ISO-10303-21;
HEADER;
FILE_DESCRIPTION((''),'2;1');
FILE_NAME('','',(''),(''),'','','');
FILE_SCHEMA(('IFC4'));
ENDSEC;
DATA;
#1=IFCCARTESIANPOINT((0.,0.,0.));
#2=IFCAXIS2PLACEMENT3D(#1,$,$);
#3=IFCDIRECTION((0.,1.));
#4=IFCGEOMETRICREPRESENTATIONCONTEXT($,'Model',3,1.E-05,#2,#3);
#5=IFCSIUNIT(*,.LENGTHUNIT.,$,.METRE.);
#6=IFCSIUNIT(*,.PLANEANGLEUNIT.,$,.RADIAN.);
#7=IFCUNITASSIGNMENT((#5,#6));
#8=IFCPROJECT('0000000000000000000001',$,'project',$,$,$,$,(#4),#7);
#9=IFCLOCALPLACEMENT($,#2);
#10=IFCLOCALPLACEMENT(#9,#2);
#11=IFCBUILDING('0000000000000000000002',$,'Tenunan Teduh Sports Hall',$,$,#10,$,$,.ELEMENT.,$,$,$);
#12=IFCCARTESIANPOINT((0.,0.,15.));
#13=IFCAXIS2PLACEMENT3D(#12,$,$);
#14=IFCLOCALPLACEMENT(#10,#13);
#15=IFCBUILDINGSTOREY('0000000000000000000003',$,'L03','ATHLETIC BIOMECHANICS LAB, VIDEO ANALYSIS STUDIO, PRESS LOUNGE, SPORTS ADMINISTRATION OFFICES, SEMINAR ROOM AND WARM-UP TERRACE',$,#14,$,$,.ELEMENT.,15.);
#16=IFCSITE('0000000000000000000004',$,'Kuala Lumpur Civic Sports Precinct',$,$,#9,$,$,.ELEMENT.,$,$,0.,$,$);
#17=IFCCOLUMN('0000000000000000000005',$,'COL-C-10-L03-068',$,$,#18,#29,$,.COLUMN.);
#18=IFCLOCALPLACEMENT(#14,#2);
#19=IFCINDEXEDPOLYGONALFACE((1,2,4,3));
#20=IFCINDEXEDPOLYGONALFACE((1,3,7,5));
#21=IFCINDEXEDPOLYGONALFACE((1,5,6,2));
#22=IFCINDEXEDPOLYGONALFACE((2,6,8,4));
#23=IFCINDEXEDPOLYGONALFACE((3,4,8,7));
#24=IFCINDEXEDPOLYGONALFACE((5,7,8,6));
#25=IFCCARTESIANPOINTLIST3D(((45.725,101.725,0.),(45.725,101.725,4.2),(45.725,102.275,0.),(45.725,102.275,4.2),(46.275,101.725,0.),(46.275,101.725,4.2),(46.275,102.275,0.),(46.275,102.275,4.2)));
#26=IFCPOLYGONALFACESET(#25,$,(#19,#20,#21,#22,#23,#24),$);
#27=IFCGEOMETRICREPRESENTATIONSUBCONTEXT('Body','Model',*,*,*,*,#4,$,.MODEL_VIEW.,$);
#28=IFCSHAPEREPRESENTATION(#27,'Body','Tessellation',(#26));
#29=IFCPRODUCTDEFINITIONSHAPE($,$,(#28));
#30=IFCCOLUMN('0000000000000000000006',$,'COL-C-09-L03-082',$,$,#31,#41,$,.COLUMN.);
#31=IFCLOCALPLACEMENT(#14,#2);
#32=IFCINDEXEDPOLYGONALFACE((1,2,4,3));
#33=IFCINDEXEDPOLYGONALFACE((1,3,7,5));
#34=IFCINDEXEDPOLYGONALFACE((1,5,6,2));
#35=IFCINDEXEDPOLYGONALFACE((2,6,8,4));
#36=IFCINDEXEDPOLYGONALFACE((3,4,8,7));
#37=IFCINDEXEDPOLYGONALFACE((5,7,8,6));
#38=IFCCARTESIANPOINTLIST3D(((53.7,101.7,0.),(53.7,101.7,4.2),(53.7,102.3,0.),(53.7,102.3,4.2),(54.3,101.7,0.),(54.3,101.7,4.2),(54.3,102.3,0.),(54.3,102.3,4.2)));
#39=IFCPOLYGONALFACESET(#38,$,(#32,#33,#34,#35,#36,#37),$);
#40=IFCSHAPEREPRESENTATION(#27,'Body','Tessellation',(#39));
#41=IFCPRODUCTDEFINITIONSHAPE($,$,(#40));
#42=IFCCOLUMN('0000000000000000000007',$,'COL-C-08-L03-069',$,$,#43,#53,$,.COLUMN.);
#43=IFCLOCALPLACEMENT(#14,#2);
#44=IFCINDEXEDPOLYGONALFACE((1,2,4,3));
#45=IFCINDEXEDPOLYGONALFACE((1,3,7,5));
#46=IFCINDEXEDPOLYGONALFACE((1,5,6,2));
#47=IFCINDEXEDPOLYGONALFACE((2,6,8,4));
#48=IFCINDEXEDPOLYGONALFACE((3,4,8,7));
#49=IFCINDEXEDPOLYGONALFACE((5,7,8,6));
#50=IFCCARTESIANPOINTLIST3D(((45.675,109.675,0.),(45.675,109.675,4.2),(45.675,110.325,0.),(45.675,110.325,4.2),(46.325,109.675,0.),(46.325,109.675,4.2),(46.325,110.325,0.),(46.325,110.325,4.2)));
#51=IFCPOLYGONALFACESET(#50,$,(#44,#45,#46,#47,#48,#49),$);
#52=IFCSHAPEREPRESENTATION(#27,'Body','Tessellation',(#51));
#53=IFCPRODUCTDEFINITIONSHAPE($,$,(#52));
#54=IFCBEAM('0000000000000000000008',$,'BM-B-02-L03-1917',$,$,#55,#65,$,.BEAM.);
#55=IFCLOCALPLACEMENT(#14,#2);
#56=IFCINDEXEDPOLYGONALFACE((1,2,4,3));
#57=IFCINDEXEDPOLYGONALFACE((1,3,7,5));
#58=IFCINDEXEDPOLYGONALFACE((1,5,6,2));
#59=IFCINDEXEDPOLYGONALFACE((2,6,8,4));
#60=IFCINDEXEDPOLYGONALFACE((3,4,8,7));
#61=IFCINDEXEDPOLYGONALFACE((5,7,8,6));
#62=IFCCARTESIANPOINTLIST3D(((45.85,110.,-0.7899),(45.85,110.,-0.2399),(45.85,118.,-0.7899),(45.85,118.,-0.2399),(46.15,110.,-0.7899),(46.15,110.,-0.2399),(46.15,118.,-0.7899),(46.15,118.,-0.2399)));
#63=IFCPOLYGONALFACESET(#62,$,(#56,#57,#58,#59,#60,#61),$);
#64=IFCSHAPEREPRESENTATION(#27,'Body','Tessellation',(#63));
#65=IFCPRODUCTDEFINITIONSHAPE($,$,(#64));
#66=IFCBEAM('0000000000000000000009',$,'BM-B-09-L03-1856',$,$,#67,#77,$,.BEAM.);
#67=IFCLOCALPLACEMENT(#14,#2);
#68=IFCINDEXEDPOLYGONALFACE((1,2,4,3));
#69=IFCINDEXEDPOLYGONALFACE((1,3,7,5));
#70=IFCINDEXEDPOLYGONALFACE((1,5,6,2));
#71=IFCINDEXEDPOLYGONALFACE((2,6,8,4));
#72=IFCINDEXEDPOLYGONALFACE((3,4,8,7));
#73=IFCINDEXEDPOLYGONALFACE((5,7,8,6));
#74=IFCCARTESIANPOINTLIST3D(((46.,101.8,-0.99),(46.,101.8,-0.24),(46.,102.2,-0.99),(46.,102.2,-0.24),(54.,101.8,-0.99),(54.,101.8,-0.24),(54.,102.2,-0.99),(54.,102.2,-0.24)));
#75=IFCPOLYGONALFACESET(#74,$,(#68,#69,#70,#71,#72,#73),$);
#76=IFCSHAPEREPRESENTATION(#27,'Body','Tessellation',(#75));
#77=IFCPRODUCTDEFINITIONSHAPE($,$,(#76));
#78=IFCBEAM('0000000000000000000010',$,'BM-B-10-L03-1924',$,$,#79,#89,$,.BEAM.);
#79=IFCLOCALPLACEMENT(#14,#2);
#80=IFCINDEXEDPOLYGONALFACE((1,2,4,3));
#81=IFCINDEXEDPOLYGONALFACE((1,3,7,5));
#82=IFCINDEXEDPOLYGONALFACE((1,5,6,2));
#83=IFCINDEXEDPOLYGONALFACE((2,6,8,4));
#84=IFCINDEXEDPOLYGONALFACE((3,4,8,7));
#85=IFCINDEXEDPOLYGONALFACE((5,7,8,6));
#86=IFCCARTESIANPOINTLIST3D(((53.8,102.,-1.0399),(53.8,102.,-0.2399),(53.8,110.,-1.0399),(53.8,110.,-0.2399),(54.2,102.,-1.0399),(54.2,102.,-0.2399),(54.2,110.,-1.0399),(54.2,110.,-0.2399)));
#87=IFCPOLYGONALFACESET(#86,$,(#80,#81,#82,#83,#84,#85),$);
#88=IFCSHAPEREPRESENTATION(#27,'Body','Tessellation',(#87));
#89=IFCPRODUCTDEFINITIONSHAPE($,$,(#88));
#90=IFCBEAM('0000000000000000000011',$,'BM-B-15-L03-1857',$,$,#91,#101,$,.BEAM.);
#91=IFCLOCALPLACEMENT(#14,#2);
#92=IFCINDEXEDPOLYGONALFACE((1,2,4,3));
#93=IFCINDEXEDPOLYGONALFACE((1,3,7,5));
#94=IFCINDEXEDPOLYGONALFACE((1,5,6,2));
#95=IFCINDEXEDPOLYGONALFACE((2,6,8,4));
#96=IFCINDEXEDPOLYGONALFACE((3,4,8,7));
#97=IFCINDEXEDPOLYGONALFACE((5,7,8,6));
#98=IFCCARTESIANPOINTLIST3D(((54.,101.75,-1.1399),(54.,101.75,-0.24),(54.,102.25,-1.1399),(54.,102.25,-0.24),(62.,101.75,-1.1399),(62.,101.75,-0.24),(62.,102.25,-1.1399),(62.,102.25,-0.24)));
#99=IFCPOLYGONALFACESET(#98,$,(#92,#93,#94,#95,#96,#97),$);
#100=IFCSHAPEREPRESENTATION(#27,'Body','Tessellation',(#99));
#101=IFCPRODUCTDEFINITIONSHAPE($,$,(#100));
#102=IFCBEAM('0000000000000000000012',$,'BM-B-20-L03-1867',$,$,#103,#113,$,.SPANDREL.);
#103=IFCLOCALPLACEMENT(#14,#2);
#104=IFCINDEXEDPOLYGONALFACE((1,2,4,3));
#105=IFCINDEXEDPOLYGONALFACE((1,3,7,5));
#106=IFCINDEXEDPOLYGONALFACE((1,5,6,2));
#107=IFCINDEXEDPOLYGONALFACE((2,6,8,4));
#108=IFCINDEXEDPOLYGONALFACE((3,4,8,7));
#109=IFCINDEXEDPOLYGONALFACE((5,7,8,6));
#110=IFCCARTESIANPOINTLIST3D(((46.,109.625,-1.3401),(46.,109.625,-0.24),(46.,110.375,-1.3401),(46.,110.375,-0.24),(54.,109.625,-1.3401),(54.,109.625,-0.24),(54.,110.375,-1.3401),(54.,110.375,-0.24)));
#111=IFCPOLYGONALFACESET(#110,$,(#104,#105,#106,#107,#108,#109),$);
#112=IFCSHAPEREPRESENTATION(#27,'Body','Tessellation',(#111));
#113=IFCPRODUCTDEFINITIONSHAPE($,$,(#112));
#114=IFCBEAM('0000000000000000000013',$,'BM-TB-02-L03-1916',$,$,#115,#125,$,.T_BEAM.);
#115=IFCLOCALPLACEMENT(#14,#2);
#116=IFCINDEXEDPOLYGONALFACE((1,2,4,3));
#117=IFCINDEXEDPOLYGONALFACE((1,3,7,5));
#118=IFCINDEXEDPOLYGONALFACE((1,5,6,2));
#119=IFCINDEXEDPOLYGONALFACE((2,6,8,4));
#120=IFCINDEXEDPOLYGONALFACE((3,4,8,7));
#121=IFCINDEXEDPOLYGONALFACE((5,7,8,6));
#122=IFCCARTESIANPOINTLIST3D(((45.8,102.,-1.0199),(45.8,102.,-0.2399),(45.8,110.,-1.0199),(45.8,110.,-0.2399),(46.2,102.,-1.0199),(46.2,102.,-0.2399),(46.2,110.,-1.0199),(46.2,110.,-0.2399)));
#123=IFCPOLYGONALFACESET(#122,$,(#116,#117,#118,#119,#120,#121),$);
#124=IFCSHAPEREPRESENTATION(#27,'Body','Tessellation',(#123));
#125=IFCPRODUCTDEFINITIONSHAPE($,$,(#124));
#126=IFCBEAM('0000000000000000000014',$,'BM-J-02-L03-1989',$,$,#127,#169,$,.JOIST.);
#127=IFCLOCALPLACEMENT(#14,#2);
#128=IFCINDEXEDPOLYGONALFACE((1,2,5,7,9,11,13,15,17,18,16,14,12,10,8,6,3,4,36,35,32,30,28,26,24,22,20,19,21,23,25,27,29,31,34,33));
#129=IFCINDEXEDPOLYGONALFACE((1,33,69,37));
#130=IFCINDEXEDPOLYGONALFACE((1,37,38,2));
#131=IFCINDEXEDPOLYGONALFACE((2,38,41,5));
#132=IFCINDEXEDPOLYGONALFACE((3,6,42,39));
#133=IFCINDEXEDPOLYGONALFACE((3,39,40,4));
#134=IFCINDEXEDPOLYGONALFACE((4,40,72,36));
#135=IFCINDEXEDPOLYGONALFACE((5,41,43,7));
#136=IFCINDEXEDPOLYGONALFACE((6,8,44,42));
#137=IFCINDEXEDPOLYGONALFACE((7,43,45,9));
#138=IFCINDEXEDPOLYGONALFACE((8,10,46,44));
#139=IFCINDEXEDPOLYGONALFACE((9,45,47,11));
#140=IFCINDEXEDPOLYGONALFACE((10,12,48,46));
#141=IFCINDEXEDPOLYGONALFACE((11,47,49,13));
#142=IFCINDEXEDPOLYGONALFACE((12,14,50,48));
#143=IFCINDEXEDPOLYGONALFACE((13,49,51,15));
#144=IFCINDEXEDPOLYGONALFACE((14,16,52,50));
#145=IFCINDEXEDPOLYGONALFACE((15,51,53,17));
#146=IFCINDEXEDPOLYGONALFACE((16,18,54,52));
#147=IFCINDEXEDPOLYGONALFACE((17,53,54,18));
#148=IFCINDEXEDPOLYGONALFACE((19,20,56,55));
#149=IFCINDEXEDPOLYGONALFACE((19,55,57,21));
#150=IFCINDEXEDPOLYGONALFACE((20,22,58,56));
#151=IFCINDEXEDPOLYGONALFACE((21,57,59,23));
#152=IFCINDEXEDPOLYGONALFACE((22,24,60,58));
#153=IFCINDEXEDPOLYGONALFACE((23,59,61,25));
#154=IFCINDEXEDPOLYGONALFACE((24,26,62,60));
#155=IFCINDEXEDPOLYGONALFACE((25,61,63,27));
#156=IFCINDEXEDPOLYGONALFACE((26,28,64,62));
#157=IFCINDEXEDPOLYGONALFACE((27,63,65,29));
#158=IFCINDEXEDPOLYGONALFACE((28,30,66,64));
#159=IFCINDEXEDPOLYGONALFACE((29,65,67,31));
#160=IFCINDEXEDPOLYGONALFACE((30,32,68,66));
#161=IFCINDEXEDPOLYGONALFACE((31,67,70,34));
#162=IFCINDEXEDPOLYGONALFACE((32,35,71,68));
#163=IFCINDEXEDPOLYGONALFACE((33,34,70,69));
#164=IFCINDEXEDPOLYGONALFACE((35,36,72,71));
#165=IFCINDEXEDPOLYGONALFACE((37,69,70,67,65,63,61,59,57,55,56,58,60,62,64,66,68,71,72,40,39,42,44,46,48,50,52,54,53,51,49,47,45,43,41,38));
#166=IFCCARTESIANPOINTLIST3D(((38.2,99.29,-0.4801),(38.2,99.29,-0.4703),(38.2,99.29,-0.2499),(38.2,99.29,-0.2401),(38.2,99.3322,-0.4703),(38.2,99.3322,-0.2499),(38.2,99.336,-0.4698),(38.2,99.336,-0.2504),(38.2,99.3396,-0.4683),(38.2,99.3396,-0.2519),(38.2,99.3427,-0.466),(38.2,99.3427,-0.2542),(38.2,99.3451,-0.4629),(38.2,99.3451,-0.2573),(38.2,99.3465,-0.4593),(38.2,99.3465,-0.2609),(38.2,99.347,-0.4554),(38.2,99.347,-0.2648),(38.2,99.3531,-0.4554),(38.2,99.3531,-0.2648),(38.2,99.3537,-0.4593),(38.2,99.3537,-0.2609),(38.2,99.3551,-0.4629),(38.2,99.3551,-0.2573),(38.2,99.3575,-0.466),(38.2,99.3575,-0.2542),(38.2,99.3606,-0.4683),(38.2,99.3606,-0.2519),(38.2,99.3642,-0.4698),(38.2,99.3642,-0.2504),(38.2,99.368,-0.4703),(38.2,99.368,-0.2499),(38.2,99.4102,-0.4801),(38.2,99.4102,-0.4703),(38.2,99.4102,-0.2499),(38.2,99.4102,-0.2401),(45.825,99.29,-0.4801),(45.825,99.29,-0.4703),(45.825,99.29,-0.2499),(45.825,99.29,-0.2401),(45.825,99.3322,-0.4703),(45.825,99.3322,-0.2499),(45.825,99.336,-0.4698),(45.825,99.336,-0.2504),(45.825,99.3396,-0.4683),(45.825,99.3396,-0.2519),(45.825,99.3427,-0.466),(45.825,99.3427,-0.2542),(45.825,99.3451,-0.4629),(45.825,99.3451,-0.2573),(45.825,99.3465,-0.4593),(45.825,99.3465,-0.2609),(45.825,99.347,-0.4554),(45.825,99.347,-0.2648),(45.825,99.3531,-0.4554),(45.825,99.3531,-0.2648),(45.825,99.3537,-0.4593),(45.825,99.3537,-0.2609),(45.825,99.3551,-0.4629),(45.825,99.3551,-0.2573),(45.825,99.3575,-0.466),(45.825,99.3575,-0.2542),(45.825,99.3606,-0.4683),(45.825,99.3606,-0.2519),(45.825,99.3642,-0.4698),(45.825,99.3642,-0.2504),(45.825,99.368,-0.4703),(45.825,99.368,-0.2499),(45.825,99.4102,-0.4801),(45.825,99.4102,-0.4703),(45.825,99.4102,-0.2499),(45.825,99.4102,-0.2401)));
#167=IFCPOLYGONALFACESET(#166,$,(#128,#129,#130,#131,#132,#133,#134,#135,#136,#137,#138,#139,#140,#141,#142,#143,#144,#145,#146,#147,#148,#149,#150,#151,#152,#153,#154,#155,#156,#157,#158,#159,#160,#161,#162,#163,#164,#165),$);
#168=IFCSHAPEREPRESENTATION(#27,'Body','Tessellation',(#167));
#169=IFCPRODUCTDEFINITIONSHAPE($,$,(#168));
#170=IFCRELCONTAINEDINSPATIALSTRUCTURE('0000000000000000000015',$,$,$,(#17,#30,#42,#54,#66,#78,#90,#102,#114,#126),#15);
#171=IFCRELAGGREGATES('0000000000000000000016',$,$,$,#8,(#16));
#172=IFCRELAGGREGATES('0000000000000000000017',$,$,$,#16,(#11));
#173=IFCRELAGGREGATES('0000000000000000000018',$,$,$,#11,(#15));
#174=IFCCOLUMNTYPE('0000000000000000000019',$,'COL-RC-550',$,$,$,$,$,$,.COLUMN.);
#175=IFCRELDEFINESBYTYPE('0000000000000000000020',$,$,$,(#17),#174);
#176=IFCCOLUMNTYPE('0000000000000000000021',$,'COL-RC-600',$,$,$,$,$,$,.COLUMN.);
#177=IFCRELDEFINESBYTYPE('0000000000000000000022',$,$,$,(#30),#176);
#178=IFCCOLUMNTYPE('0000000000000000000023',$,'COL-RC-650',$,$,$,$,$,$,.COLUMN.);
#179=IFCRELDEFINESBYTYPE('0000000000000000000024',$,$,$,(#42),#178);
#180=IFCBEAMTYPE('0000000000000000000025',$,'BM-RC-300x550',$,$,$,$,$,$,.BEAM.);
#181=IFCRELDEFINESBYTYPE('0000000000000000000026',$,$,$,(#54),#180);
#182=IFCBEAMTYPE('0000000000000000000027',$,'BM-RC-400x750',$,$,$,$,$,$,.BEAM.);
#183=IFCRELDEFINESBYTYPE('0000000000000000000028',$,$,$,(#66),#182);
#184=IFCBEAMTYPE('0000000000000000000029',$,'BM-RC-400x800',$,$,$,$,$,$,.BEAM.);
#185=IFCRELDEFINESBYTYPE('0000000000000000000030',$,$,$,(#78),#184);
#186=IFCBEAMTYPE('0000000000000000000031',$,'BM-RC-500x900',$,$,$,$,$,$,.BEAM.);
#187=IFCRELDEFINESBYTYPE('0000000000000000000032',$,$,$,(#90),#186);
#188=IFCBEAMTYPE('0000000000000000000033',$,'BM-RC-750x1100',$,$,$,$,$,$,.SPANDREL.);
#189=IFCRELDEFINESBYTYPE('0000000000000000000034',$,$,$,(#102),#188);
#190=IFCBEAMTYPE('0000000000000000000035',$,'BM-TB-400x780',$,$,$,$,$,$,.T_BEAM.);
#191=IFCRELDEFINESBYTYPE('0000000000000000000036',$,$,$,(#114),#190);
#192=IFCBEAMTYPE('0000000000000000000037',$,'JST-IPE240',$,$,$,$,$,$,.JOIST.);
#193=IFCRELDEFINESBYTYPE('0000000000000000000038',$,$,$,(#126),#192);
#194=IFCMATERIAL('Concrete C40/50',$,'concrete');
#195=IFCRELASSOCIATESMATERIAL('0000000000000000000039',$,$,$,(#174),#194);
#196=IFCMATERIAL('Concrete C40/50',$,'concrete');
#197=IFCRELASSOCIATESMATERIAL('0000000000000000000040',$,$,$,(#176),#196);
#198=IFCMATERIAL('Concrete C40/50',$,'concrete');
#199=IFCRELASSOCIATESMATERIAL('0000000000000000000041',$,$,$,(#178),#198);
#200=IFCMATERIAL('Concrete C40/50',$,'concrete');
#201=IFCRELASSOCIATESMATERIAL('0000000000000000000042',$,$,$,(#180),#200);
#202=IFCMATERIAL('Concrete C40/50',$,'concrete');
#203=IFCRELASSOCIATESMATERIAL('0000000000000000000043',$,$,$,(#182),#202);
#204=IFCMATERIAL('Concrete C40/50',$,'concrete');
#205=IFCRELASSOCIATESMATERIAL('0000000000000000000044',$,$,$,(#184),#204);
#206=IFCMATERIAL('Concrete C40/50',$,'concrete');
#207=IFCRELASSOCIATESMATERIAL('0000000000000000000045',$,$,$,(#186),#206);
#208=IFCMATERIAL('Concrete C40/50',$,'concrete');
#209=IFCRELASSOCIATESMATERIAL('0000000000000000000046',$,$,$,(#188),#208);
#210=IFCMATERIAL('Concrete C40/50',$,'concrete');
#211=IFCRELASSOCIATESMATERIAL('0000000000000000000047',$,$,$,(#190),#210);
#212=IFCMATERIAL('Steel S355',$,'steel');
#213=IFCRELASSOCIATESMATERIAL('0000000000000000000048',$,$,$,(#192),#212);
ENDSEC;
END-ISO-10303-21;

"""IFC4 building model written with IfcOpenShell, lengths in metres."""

from ifc_helpers import new_model, si_unit, direction, frame, origin, origin_2d, place, context, subcontext, project, spatial, rectangle, i_section, extrude, material, material_profile, profile_set, type_object, element, save


model = new_model("IFC4")

# Units and contexts
model_context = context("Model", 3, precision=1e-05, world=origin(), true_north=direction((0.0, 1.0)))
body_context = subcontext(model_context, "Body", "Model", "MODEL_VIEW")
ifc_project = project(units=[si_unit("LENGTHUNIT", "METRE"), si_unit("PLANEANGLEUNIT", "RADIAN")], contexts=[model_context])

# Site, building, storey
site_placement = place(None, origin())
site = spatial("IfcSite", under=ifc_project, at=site_placement, Name="Kuala Lumpur Civic Sports Precinct", CompositionType="ELEMENT", RefElevation=0.0)
building_placement = place(site_placement, origin())
building = spatial("IfcBuilding", under=site, at=building_placement, Name="Tenunan Teduh Sports Hall", CompositionType="ELEMENT")
storey_placement = place(building_placement, frame((0.0, 0.0, 15.0)))
storey = spatial("IfcBuildingStorey", under=building, at=storey_placement, Name="L03", Description="ATHLETIC BIOMECHANICS LAB, VIDEO ANALYSIS STUDIO, PRESS LOUNGE, SPORTS ADMINISTRATION OFFICES, SEMINAR ROOM AND WARM-UP TERRACE", CompositionType="ELEMENT", Elevation=15.0)

# Columns
ifc_material_1 = material(Name="Concrete C40/50", Category="concrete")
ifc_material_profile_1 = material_profile(ifc_material_1, rectangle(XDim=0.55, YDim=0.55, at=origin_2d()), Name="RC 550x550")
ifc_profile_set_1 = profile_set([ifc_material_profile_1], Name="Concrete C40/50")
column_type_1 = type_object("IfcColumnType", Name="COL-RC-550", PredefinedType="COLUMN", material=ifc_profile_set_1)
column_1_placement = place(storey_placement, frame((46.0, 102.0, 0.0), z_axis=(0.0, 0.0, 1.0), x_axis=(1.0, 0.0, 0.0)))
element("IfcColumn", 1, at=column_1_placement, inside=storey, type_object=column_type_1, Name="COL-C-10-L03-068", PredefinedType="COLUMN", context=body_context, shape_type="SweptSolid", body=[
    extrude(rectangle(XDim=0.55, YDim=0.55, at=origin_2d()), origin(), (0.0, 0.0, 1.0), 4.2),
])
ifc_material_2 = material(Name="Concrete C40/50", Category="concrete")
ifc_material_profile_2 = material_profile(ifc_material_2, rectangle(XDim=0.6001, YDim=0.6001, at=origin_2d()), Name="RC 600x600")
ifc_profile_set_2 = profile_set([ifc_material_profile_2], Name="Concrete C40/50")
column_type_2 = type_object("IfcColumnType", Name="COL-RC-600", PredefinedType="COLUMN", material=ifc_profile_set_2)
column_2_placement = place(storey_placement, frame((54.0, 102.0, 0.0), z_axis=(0.0, 0.0, 1.0), x_axis=(1.0, 0.0, 0.0)))
element("IfcColumn", 2, at=column_2_placement, inside=storey, type_object=column_type_2, Name="COL-C-09-L03-082", PredefinedType="COLUMN", context=body_context, shape_type="SweptSolid", body=[
    extrude(rectangle(XDim=0.6001, YDim=0.6001, at=origin_2d()), origin(), (0.0, 0.0, 1.0), 4.2),
])
ifc_material_3 = material(Name="Concrete C40/50", Category="concrete")
ifc_material_profile_3 = material_profile(ifc_material_3, rectangle(XDim=0.6499, YDim=0.6499, at=origin_2d()), Name="RC 650x650")
ifc_profile_set_3 = profile_set([ifc_material_profile_3], Name="Concrete C40/50")
column_type_3 = type_object("IfcColumnType", Name="COL-RC-650", PredefinedType="COLUMN", material=ifc_profile_set_3)
column_3_placement = place(storey_placement, frame((46.0, 110.0, 0.0), z_axis=(0.0, 0.0, 1.0), x_axis=(1.0, 0.0, 0.0)))
element("IfcColumn", 3, at=column_3_placement, inside=storey, type_object=column_type_3, Name="COL-C-08-L03-069", PredefinedType="COLUMN", context=body_context, shape_type="SweptSolid", body=[
    extrude(rectangle(XDim=0.6499, YDim=0.6499, at=origin_2d()), origin(), (0.0, 0.0, 1.0), 4.2),
])

# Beams
ifc_material_4 = material(Name="Concrete C40/50", Category="concrete")
ifc_material_profile_4 = material_profile(ifc_material_4, rectangle(XDim=0.3, YDim=0.55, at=origin_2d()), Name="RCB 300x550")
ifc_profile_set_4 = profile_set([ifc_material_profile_4], Name="Concrete C40/50")
beam_type_1 = type_object("IfcBeamType", Name="BM-RC-300x550", PredefinedType="BEAM", material=ifc_profile_set_4)
beam_1_placement = place(storey_placement, frame((46.0, 110.0, -0.5149), z_axis=(0.0, 1.0, 0.0), x_axis=(-1.0, 0.0, 0.0)))
element("IfcBeam", 4, at=beam_1_placement, inside=storey, type_object=beam_type_1, Name="BM-B-02-L03-1917", PredefinedType="BEAM", context=body_context, shape_type="SweptSolid", body=[
    extrude(rectangle(XDim=0.3, YDim=0.55, at=origin_2d()), origin(), (0.0, 0.0, 1.0), 8.0),
])
ifc_material_5 = material(Name="Concrete C40/50", Category="concrete")
ifc_material_profile_5 = material_profile(ifc_material_5, rectangle(XDim=0.3999, YDim=0.75, at=origin_2d()), Name="RCB 400x750")
ifc_profile_set_5 = profile_set([ifc_material_profile_5], Name="Concrete C40/50")
beam_type_2 = type_object("IfcBeamType", Name="BM-RC-400x750", PredefinedType="BEAM", material=ifc_profile_set_5)
beam_2_placement = place(storey_placement, frame((46.0, 102.0, -0.615), z_axis=(1.0, 0.0, 0.0), x_axis=(0.0, 1.0, 0.0)))
element("IfcBeam", 5, at=beam_2_placement, inside=storey, type_object=beam_type_2, Name="BM-B-09-L03-1856", PredefinedType="BEAM", context=body_context, shape_type="SweptSolid", body=[
    extrude(rectangle(XDim=0.3999, YDim=0.75, at=origin_2d()), origin(), (0.0, 0.0, 1.0), 8.0),
])
ifc_material_6 = material(Name="Concrete C40/50", Category="concrete")
ifc_material_profile_6 = material_profile(ifc_material_6, rectangle(XDim=0.3999, YDim=0.8, at=origin_2d()), Name="RCB 400x800")
ifc_profile_set_6 = profile_set([ifc_material_profile_6], Name="Concrete C40/50")
beam_type_3 = type_object("IfcBeamType", Name="BM-RC-400x800", PredefinedType="BEAM", material=ifc_profile_set_6)
beam_3_placement = place(storey_placement, frame((54.0, 102.0, -0.6399), z_axis=(0.0, 1.0, 0.0), x_axis=(-1.0, 0.0, 0.0)))
element("IfcBeam", 6, at=beam_3_placement, inside=storey, type_object=beam_type_3, Name="BM-B-10-L03-1924", PredefinedType="BEAM", context=body_context, shape_type="SweptSolid", body=[
    extrude(rectangle(XDim=0.3999, YDim=0.8, at=origin_2d()), origin(), (0.0, 0.0, 1.0), 8.0),
])
ifc_material_7 = material(Name="Concrete C40/50", Category="concrete")
ifc_material_profile_7 = material_profile(ifc_material_7, rectangle(XDim=0.5, YDim=0.8999, at=origin_2d()), Name="RCB 500x900")
ifc_profile_set_7 = profile_set([ifc_material_profile_7], Name="Concrete C40/50")
beam_type_4 = type_object("IfcBeamType", Name="BM-RC-500x900", PredefinedType="BEAM", material=ifc_profile_set_7)
beam_4_placement = place(storey_placement, frame((54.0, 102.0, -0.6899), z_axis=(1.0, 0.0, 0.0), x_axis=(0.0, 1.0, 0.0)))
element("IfcBeam", 7, at=beam_4_placement, inside=storey, type_object=beam_type_4, Name="BM-B-15-L03-1857", PredefinedType="BEAM", context=body_context, shape_type="SweptSolid", body=[
    extrude(rectangle(XDim=0.5, YDim=0.8999, at=origin_2d()), origin(), (0.0, 0.0, 1.0), 8.0),
])
ifc_material_8 = material(Name="Concrete C40/50", Category="concrete")
ifc_material_profile_8 = material_profile(ifc_material_8, rectangle(XDim=0.75, YDim=1.1001, at=origin_2d()), Name="RCB 750x1100")
ifc_profile_set_8 = profile_set([ifc_material_profile_8], Name="Concrete C40/50")
beam_type_5 = type_object("IfcBeamType", Name="BM-RC-750x1100", PredefinedType="SPANDREL", material=ifc_profile_set_8)
beam_5_placement = place(storey_placement, frame((46.0, 110.0, -0.79), z_axis=(1.0, 0.0, 0.0), x_axis=(0.0, 1.0, 0.0)))
element("IfcBeam", 8, at=beam_5_placement, inside=storey, type_object=beam_type_5, Name="BM-B-20-L03-1867", PredefinedType="SPANDREL", context=body_context, shape_type="SweptSolid", body=[
    extrude(rectangle(XDim=0.75, YDim=1.1001, at=origin_2d()), origin(), (0.0, 0.0, 1.0), 8.0),
])
ifc_material_9 = material(Name="Concrete C40/50", Category="concrete")
ifc_material_profile_9 = material_profile(ifc_material_9, rectangle(XDim=0.3999, YDim=0.78, at=origin_2d()), Name="TB 400x780")
ifc_profile_set_9 = profile_set([ifc_material_profile_9], Name="Concrete C40/50")
beam_type_6 = type_object("IfcBeamType", Name="BM-TB-400x780", PredefinedType="T_BEAM", material=ifc_profile_set_9)
beam_6_placement = place(storey_placement, frame((46.0, 102.0, -0.6299), z_axis=(0.0, 1.0, 0.0), x_axis=(-1.0, 0.0, 0.0)))
element("IfcBeam", 9, at=beam_6_placement, inside=storey, type_object=beam_type_6, Name="BM-TB-02-L03-1916", PredefinedType="T_BEAM", context=body_context, shape_type="SweptSolid", body=[
    extrude(rectangle(XDim=0.3999, YDim=0.78, at=origin_2d()), origin(), (0.0, 0.0, 1.0), 8.0),
])
ifc_material_10 = material(Name="Steel S355", Category="steel")
ifc_material_profile_10 = material_profile(ifc_material_10, i_section(OverallWidth=0.1201, OverallDepth=0.24, WebThickness=0.0061, FlangeThickness=0.0098, FilletRadius=0.0149, at=origin_2d()), Name="IPE 240")
ifc_profile_set_10 = profile_set([ifc_material_profile_10], Name="Steel S355")
beam_type_7 = type_object("IfcBeamType", Name="JST-IPE240", PredefinedType="JOIST", material=ifc_profile_set_10)
beam_7_placement = place(storey_placement, frame((38.2, 99.3501, -0.3601), z_axis=(1.0, 0.0, 0.0), x_axis=(0.0, 1.0, 0.0)))
element("IfcBeam", 10, at=beam_7_placement, inside=storey, type_object=beam_type_7, Name="BM-J-02-L03-1989", PredefinedType="JOIST", context=body_context, shape_type="SweptSolid", body=[
    extrude(i_section(OverallWidth=0.1201, OverallDepth=0.24, WebThickness=0.0061, FlangeThickness=0.0098, FilletRadius=0.0149, at=origin_2d()), origin(), (0.0, 0.0, 1.0), 7.625),
])

save(model, "model.ifc")
